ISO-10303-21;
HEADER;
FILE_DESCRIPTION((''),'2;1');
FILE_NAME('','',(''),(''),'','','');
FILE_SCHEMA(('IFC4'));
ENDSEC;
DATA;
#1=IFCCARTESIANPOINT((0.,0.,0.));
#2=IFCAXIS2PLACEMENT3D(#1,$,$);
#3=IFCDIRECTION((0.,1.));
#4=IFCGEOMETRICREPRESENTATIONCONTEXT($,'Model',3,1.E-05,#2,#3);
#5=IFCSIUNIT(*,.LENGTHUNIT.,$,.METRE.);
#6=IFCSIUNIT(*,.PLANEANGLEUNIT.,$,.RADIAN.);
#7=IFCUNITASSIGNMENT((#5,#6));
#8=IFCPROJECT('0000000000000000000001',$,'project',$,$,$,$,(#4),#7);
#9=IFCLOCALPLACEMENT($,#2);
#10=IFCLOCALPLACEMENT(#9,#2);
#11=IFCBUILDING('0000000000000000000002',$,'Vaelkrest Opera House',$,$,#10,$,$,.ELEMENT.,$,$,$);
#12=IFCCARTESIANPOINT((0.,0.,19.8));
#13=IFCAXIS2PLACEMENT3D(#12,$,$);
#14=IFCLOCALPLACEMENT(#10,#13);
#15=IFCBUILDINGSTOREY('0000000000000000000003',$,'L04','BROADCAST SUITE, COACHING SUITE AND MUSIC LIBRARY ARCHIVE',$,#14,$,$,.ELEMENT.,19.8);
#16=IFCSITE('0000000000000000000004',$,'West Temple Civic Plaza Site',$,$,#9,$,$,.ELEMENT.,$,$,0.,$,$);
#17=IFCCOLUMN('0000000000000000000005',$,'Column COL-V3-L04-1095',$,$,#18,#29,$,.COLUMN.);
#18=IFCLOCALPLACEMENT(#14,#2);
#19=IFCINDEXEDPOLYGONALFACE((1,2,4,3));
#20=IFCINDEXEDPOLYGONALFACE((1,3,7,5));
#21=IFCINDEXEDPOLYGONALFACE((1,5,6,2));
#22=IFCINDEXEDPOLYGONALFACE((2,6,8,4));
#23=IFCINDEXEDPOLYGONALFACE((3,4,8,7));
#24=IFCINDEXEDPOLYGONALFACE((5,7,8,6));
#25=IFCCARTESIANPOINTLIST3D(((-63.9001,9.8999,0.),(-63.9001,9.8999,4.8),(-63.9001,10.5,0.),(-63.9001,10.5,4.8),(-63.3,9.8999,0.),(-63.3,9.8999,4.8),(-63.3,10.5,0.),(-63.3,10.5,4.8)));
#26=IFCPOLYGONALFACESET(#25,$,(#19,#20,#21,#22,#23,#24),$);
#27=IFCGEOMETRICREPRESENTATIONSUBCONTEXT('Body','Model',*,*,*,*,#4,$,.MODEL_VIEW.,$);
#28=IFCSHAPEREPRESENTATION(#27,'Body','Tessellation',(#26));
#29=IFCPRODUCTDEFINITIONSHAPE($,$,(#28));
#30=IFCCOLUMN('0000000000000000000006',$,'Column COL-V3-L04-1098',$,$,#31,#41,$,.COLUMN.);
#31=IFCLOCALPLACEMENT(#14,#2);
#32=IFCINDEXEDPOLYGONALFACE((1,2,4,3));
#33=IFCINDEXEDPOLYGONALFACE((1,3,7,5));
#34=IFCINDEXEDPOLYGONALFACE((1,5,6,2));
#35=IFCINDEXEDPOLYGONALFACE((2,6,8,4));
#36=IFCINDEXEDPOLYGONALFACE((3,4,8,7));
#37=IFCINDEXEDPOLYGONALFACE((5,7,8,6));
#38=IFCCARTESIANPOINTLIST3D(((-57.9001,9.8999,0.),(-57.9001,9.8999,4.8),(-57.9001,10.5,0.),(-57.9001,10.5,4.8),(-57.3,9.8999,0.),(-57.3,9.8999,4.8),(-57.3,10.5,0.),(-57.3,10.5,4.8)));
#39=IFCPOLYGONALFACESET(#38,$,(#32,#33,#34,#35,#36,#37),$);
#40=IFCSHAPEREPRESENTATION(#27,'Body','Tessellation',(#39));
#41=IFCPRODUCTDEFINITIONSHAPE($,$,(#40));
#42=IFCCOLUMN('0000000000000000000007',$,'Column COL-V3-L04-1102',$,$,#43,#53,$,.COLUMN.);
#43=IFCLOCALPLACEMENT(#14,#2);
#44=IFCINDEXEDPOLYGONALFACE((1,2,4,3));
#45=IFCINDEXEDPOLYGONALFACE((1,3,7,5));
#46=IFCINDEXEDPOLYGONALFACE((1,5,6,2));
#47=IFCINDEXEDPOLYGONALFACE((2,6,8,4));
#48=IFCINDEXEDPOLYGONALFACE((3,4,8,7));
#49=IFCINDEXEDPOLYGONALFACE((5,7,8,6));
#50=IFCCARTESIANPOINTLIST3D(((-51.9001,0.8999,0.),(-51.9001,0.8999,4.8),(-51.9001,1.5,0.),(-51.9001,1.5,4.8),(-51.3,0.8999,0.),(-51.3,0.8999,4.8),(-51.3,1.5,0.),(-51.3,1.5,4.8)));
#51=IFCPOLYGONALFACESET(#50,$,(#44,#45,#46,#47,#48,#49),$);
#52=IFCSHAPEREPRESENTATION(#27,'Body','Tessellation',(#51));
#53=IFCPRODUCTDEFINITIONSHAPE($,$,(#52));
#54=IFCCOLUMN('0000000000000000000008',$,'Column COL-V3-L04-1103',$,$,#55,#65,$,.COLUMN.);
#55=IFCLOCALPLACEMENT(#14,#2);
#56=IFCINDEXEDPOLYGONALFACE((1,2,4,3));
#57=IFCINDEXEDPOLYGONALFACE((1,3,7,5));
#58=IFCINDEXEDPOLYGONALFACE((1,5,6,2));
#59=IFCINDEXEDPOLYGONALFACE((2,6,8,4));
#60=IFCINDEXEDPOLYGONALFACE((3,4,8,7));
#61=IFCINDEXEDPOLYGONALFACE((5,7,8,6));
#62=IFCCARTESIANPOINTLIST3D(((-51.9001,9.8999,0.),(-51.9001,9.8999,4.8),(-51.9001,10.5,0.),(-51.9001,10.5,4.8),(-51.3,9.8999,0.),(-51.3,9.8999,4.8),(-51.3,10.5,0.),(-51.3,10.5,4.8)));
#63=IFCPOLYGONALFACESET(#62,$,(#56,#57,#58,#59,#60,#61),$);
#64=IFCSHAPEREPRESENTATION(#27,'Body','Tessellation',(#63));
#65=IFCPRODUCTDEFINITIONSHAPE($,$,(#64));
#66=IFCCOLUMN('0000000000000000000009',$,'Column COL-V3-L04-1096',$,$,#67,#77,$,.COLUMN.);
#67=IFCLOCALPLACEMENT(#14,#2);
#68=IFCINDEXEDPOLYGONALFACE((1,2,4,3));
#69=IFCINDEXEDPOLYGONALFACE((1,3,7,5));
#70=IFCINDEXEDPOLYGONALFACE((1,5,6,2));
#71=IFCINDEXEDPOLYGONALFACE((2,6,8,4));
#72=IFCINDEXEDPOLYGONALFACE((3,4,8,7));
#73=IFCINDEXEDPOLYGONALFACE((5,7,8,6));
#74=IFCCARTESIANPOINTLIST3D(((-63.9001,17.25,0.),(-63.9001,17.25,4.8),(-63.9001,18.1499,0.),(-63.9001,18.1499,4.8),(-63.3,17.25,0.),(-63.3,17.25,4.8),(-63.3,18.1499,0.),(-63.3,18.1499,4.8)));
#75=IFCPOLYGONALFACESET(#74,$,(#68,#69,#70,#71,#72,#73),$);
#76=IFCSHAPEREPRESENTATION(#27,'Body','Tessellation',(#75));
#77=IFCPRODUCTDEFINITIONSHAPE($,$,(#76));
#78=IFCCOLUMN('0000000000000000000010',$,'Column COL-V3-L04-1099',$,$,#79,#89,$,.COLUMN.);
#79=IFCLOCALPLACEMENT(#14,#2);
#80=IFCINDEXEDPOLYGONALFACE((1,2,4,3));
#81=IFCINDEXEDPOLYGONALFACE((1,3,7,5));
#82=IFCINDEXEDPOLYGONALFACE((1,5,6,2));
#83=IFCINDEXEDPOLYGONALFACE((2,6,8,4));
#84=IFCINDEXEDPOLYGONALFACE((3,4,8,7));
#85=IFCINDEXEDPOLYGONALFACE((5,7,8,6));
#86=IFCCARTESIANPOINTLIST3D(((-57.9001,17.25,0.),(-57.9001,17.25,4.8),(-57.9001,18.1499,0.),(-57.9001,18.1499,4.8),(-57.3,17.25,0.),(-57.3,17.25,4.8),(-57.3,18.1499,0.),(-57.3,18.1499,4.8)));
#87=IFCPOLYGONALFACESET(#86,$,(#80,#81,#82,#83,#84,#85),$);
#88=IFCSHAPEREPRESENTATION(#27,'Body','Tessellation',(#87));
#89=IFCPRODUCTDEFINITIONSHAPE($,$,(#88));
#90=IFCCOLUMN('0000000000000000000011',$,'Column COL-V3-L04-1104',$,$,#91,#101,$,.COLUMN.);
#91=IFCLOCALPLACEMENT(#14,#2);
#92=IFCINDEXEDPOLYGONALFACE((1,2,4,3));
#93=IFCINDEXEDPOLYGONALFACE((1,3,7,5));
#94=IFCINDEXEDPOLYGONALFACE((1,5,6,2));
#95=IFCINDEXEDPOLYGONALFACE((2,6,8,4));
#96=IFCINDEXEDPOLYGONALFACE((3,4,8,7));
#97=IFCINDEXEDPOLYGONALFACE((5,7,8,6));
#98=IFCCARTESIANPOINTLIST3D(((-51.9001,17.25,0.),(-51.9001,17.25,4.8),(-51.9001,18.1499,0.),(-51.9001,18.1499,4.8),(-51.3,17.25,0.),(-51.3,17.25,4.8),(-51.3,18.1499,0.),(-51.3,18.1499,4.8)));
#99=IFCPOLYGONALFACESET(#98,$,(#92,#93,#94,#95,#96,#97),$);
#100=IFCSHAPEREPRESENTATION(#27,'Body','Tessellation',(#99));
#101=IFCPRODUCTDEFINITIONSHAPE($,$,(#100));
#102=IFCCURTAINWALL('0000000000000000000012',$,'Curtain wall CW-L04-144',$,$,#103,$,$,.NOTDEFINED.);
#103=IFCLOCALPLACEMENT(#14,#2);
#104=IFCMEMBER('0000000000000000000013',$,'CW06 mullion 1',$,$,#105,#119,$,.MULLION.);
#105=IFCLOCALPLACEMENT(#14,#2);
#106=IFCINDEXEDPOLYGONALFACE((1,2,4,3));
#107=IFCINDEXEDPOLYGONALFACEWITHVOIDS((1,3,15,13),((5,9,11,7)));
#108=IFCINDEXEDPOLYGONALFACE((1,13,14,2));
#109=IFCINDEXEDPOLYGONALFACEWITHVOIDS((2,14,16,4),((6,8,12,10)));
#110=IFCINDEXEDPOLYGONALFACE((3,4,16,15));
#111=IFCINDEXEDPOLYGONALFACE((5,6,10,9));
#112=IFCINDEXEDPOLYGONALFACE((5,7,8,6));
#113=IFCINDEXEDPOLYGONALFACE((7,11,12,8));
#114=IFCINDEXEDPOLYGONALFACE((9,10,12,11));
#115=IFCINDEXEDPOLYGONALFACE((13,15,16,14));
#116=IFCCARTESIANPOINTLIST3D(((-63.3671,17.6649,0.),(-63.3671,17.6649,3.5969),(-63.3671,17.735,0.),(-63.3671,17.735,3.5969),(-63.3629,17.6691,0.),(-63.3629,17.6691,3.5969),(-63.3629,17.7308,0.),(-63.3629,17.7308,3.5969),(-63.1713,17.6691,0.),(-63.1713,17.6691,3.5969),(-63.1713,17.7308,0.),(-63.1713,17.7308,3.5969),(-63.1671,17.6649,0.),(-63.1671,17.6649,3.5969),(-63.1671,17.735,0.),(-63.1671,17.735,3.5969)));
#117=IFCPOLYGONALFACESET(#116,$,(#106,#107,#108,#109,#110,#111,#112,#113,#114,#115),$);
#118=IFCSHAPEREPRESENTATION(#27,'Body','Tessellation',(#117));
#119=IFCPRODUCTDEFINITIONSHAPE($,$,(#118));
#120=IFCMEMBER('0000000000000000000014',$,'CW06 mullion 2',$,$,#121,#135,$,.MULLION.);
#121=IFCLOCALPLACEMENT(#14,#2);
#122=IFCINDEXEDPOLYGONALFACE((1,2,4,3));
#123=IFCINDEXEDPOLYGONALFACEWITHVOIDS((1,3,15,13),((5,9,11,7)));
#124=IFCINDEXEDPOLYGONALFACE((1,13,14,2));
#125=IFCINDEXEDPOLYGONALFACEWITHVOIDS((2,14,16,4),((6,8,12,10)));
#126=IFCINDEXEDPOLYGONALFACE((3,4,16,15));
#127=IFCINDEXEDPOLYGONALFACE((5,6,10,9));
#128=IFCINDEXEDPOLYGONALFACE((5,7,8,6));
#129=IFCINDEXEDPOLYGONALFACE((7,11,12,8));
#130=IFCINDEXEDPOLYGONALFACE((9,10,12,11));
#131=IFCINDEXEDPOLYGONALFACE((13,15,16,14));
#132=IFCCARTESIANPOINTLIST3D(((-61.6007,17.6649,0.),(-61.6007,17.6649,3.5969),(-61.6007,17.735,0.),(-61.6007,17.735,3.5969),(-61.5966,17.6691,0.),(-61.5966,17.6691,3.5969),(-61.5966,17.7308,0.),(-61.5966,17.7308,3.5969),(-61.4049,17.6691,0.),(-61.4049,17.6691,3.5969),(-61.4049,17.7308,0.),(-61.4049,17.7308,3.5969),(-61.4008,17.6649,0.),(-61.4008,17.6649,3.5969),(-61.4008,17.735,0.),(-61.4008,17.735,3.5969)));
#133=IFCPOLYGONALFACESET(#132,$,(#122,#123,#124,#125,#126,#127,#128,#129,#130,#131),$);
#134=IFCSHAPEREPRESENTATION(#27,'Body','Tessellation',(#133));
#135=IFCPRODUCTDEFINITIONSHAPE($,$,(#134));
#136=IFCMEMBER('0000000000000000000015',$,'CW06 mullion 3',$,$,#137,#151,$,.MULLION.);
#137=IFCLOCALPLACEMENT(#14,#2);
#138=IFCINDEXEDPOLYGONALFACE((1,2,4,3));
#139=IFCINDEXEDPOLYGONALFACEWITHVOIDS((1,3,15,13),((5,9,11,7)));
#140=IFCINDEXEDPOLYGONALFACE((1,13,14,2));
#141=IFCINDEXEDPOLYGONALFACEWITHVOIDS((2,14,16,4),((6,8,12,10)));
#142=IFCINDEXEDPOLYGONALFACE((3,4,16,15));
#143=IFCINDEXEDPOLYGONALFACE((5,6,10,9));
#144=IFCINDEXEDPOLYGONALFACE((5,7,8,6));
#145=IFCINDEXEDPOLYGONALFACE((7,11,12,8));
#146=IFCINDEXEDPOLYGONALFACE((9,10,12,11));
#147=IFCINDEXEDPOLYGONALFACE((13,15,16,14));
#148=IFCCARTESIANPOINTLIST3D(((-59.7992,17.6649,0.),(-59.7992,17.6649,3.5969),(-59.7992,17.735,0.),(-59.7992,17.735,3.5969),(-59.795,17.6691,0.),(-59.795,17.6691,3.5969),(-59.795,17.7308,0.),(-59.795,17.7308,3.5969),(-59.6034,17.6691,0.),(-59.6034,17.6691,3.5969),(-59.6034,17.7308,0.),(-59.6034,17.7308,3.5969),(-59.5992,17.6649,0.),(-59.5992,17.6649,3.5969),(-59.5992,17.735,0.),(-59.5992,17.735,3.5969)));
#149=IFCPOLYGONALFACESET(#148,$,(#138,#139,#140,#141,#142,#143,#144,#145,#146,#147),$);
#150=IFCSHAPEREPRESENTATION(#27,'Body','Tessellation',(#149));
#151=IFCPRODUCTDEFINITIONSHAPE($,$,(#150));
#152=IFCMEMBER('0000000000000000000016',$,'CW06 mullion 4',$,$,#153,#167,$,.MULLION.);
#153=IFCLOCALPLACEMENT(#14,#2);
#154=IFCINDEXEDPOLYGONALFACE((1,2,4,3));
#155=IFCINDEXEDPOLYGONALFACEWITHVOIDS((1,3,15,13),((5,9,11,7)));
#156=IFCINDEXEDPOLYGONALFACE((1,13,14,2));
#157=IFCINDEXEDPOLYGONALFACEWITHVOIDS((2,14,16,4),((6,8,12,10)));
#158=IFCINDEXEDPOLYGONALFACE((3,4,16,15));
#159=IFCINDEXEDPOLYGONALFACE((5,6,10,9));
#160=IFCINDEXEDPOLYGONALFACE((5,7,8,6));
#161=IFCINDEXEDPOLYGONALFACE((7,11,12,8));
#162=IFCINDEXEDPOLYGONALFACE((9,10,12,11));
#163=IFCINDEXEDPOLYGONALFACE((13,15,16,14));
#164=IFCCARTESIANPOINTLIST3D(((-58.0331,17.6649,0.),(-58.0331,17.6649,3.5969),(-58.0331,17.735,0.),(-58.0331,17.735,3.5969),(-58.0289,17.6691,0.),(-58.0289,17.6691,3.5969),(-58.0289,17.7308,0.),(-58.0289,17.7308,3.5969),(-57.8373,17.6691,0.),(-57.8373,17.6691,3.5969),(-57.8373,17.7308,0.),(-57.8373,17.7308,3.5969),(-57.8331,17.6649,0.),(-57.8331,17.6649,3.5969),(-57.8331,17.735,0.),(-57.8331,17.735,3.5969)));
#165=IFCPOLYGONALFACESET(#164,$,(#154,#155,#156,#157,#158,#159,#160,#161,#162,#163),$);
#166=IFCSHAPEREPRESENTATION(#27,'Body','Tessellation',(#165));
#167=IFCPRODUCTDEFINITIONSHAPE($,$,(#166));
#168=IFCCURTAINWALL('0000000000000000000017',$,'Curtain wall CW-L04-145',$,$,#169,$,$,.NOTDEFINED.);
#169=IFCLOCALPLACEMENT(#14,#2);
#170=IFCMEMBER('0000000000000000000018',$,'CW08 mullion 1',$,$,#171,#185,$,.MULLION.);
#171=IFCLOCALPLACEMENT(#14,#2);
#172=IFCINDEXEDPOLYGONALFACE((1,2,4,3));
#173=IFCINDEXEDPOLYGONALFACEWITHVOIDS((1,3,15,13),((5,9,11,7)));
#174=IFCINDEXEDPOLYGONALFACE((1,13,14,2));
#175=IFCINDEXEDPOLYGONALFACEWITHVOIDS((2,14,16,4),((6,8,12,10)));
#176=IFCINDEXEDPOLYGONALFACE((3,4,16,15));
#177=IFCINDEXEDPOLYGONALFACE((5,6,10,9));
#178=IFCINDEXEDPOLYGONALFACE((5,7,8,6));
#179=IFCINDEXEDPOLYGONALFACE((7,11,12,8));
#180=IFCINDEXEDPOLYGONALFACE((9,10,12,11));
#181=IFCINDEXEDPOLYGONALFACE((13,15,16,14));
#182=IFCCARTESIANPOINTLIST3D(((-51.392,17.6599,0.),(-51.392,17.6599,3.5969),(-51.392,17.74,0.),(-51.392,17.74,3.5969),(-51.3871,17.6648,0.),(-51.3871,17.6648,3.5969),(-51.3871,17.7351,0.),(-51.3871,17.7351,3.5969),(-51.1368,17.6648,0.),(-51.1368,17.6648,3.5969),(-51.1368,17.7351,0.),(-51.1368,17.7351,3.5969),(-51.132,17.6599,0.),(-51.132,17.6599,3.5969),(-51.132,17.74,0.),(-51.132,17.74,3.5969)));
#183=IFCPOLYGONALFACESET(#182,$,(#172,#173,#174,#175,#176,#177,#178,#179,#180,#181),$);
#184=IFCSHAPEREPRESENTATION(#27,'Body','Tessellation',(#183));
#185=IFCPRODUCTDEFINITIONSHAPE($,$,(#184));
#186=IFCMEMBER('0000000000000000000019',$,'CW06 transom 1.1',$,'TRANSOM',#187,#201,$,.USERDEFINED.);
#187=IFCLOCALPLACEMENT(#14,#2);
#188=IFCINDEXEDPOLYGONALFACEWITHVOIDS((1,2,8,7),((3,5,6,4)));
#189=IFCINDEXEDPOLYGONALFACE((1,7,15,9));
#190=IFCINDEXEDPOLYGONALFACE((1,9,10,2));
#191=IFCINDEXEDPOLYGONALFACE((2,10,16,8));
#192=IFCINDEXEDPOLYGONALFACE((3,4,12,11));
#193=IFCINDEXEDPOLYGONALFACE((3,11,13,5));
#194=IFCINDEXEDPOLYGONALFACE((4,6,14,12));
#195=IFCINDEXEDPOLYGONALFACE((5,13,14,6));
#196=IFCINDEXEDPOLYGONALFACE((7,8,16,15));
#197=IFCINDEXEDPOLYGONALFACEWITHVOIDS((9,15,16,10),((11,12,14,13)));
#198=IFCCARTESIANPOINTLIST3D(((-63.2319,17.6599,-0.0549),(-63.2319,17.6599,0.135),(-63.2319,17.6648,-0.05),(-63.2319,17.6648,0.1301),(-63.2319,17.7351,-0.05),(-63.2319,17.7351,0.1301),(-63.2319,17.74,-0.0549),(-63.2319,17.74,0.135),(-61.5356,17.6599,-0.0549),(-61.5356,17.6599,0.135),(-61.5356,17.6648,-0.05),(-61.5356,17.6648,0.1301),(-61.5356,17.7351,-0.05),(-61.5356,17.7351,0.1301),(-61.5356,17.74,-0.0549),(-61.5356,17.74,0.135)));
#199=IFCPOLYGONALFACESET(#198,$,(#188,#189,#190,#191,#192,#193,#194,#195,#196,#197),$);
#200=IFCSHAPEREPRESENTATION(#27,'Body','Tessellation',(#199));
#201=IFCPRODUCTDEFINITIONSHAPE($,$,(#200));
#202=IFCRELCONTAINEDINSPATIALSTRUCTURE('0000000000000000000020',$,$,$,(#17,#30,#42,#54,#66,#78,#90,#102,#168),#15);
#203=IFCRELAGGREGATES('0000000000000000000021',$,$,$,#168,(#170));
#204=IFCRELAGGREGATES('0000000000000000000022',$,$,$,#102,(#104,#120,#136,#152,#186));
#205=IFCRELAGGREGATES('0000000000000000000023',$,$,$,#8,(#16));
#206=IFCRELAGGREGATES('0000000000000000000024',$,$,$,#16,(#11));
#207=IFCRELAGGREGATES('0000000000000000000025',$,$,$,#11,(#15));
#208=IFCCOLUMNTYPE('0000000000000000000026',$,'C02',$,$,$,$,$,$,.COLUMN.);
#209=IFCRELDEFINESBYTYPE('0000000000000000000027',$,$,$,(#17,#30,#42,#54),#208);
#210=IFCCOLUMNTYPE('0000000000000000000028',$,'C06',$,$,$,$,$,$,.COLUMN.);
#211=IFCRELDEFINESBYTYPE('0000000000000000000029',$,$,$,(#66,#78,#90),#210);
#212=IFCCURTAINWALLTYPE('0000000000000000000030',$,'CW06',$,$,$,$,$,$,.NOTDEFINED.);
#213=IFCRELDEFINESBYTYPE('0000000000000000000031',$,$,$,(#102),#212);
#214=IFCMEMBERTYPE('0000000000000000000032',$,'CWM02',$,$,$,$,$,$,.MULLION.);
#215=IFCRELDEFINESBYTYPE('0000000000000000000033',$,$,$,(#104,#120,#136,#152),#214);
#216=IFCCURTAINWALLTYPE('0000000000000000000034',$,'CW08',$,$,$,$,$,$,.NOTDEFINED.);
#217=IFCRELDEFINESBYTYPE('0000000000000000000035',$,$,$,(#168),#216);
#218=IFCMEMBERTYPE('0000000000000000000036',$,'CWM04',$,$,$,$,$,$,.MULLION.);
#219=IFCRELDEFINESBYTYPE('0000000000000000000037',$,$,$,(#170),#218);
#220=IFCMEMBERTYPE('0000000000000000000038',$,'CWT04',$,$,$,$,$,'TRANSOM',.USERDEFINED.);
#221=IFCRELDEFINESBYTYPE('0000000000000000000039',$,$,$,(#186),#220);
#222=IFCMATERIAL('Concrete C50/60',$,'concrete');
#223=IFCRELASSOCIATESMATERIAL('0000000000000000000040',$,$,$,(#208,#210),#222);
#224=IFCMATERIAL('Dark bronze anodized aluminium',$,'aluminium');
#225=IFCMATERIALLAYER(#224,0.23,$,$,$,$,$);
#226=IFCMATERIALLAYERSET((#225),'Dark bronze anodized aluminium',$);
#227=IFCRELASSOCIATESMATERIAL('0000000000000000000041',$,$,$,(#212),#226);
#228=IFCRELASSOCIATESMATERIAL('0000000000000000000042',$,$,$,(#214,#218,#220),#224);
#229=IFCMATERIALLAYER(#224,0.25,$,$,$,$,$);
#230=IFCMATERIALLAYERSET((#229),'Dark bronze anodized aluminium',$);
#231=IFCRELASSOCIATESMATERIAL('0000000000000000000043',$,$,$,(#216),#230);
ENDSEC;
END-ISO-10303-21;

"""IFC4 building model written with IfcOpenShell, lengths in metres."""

from ifc_helpers import new_model, si_unit, direction, frame, origin, origin_2d, place, context, subcontext, project, spatial, rectangle, hollow_rectangle, extrude, material, layer, layer_set, material_profile, profile_set, type_object, element, aggregate, save


model = new_model("IFC4")

# Units and contexts
model_context = context("Model", 3, precision=1e-05, world=origin(), true_north=direction((0.0, 1.0)))
body_context = subcontext(model_context, "Body", "Model", "MODEL_VIEW")
ifc_project = project(units=[si_unit("LENGTHUNIT", "METRE"), si_unit("PLANEANGLEUNIT", "RADIAN")], contexts=[model_context])

# Site, building, storey
site_placement = place(None, origin())
site = spatial("IfcSite", under=ifc_project, at=site_placement, Name="West Temple Civic Plaza Site", CompositionType="ELEMENT", RefElevation=0.0)
building_placement = place(site_placement, origin())
building = spatial("IfcBuilding", under=site, at=building_placement, Name="Vaelkrest Opera House", CompositionType="ELEMENT")
storey_placement = place(building_placement, frame((0.0, 0.0, 19.8)))
storey = spatial("IfcBuildingStorey", under=building, at=storey_placement, Name="L04", Description="BROADCAST SUITE, COACHING SUITE AND MUSIC LIBRARY ARCHIVE", CompositionType="ELEMENT", Elevation=19.8)

# Columns
ifc_material_1 = material(Name="Concrete C50/60", Category="concrete")
ifc_material_profile_1 = material_profile(ifc_material_1, rectangle(XDim=0.6001, YDim=0.6001, at=origin_2d()), Name="RC600X600")
ifc_profile_set_1 = profile_set([ifc_material_profile_1], Name="Concrete C50/60")
column_type_1 = type_object("IfcColumnType", Name="C02", PredefinedType="COLUMN", material=ifc_profile_set_1)
for number, where, z_axis, x_axis, name in (
    (1, (-63.6001, 10.2, 0.0), (0.0, 0.0, 1.0), (1.0, 0.0, 0.0), "Column COL-V3-L04-1095"),
    (2, (-57.6001, 10.2, 0.0), (0.0, 0.0, 1.0), (1.0, 0.0, 0.0), "Column COL-V3-L04-1098"),
    (3, (-51.6001, 1.2, 0.0), (0.0, 0.0, 1.0), (1.0, 0.0, 0.0), "Column COL-V3-L04-1102"),
    (4, (-51.6001, 10.2, 0.0), (0.0, 0.0, 1.0), (1.0, 0.0, 0.0), "Column COL-V3-L04-1103"),
):
    element("IfcColumn", number, at=place(storey_placement, frame(where, z_axis=z_axis, x_axis=x_axis)), inside=storey, type_object=column_type_1, Name=name, PredefinedType="COLUMN", context=body_context, shape_type="SweptSolid", body=[
        extrude(rectangle(XDim=0.6001, YDim=0.6001, at=origin_2d()), origin(), (0.0, 0.0, 1.0), 4.8),
    ])
ifc_material_profile_2 = material_profile(ifc_material_1, rectangle(XDim=0.6001, YDim=0.8999, at=origin_2d()), Name="RC600X900")
ifc_profile_set_2 = profile_set([ifc_material_profile_2], Name="Concrete C50/60")
column_type_2 = type_object("IfcColumnType", Name="C06", PredefinedType="COLUMN", material=ifc_profile_set_2)
for number, where, z_axis, x_axis, name in (
    (5, (-63.6001, 17.7, 0.0), (0.0, 0.0, 1.0), (1.0, 0.0, 0.0), "Column COL-V3-L04-1096"),
    (6, (-57.6001, 17.7, 0.0), (0.0, 0.0, 1.0), (1.0, 0.0, 0.0), "Column COL-V3-L04-1099"),
    (7, (-51.6001, 17.7, 0.0), (0.0, 0.0, 1.0), (1.0, 0.0, 0.0), "Column COL-V3-L04-1104"),
):
    element("IfcColumn", number, at=place(storey_placement, frame(where, z_axis=z_axis, x_axis=x_axis)), inside=storey, type_object=column_type_2, Name=name, PredefinedType="COLUMN", context=body_context, shape_type="SweptSolid", body=[
        extrude(rectangle(XDim=0.6001, YDim=0.8999, at=origin_2d()), origin(), (0.0, 0.0, 1.0), 4.8),
    ])

# Curtain wall, members
ifc_material_2 = material(Name="Dark bronze anodized aluminium", Category="aluminium")
ifc_layer_1 = layer(ifc_material_2, 0.23)
ifc_layer_set_1 = layer_set([ifc_layer_1], Name="Dark bronze anodized aluminium")
curtain_wall_type_1 = type_object("IfcCurtainWallType", Name="CW06", PredefinedType="NOTDEFINED", material=ifc_layer_set_1)
curtain_wall_1_placement = place(storey_placement, origin())
curtain_wall_1 = element("IfcCurtainWall", 8, at=curtain_wall_1_placement, inside=storey, type_object=curtain_wall_type_1, Name="Curtain wall CW-L04-144", PredefinedType="NOTDEFINED")
ifc_material_profile_3 = material_profile(ifc_material_2, hollow_rectangle(XDim=0.0701, YDim=0.2, WallThickness=0.0042, at=origin_2d()), Name="CWM70X200")
ifc_profile_set_3 = profile_set([ifc_material_profile_3], Name="Dark bronze anodized aluminium")
member_type_1 = type_object("IfcMemberType", Name="CWM02", PredefinedType="MULLION", material=ifc_profile_set_3)
member_1_placement = place(storey_placement, frame((-63.2671, 17.7, 0.0), z_axis=(0.0, 0.0, 1.0), x_axis=(0.0, 1.0, 0.0)))
member_1 = element("IfcMember", 9, at=member_1_placement, type_object=member_type_1, Name="CW06 mullion 1", PredefinedType="MULLION", context=body_context, shape_type="SweptSolid", body=[
    extrude(hollow_rectangle(XDim=0.0701, YDim=0.2, WallThickness=0.0042, at=origin_2d()), origin(), (0.0, 0.0, 1.0), 3.5969),
])
member_2_placement = place(storey_placement, frame((-61.5007, 17.7, 0.0), z_axis=(0.0, 0.0, 1.0), x_axis=(0.0, 1.0, 0.0)))
member_2 = element("IfcMember", 10, at=member_2_placement, type_object=member_type_1, Name="CW06 mullion 2", PredefinedType="MULLION", context=body_context, shape_type="SweptSolid", body=[
    extrude(hollow_rectangle(XDim=0.0701, YDim=0.2, WallThickness=0.0042, at=origin_2d()), origin(), (0.0, 0.0, 1.0), 3.5969),
])
member_3_placement = place(storey_placement, frame((-59.6992, 17.7, 0.0), z_axis=(0.0, 0.0, 1.0), x_axis=(0.0, 1.0, 0.0)))
member_3 = element("IfcMember", 11, at=member_3_placement, type_object=member_type_1, Name="CW06 mullion 3", PredefinedType="MULLION", context=body_context, shape_type="SweptSolid", body=[
    extrude(hollow_rectangle(XDim=0.0701, YDim=0.2, WallThickness=0.0042, at=origin_2d()), origin(), (0.0, 0.0, 1.0), 3.5969),
])
member_4_placement = place(storey_placement, frame((-57.9331, 17.7, 0.0), z_axis=(0.0, 0.0, 1.0), x_axis=(0.0, 1.0, 0.0)))
member_4 = element("IfcMember", 12, at=member_4_placement, type_object=member_type_1, Name="CW06 mullion 4", PredefinedType="MULLION", context=body_context, shape_type="SweptSolid", body=[
    extrude(hollow_rectangle(XDim=0.0701, YDim=0.2, WallThickness=0.0042, at=origin_2d()), origin(), (0.0, 0.0, 1.0), 3.5969),
])

# Curtain wall, member
ifc_layer_2 = layer(ifc_material_2, 0.25)
ifc_layer_set_2 = layer_set([ifc_layer_2], Name="Dark bronze anodized aluminium")
curtain_wall_type_2 = type_object("IfcCurtainWallType", Name="CW08", PredefinedType="NOTDEFINED", material=ifc_layer_set_2)
curtain_wall_2_placement = place(storey_placement, origin())
curtain_wall_2 = element("IfcCurtainWall", 13, at=curtain_wall_2_placement, inside=storey, type_object=curtain_wall_type_2, Name="Curtain wall CW-L04-145", PredefinedType="NOTDEFINED")
ifc_material_profile_4 = material_profile(ifc_material_2, hollow_rectangle(XDim=0.0801, YDim=0.26, WallThickness=0.0049, at=origin_2d()), Name="CWM80X260")
ifc_profile_set_4 = profile_set([ifc_material_profile_4], Name="Dark bronze anodized aluminium")
member_type_2 = type_object("IfcMemberType", Name="CWM04", PredefinedType="MULLION", material=ifc_profile_set_4)
member_5_placement = place(storey_placement, frame((-51.262, 17.7, 0.0), z_axis=(0.0, 0.0, 1.0), x_axis=(0.0, 1.0, 0.0)))
member_5 = element("IfcMember", 14, at=member_5_placement, type_object=member_type_2, Name="CW08 mullion 1", PredefinedType="MULLION", context=body_context, shape_type="SweptSolid", body=[
    extrude(hollow_rectangle(XDim=0.0801, YDim=0.26, WallThickness=0.0049, at=origin_2d()), origin(), (0.0, 0.0, 1.0), 3.5969),
])
aggregate(curtain_wall_2, [member_5])

# Member
ifc_material_profile_5 = material_profile(ifc_material_2, hollow_rectangle(XDim=0.0801, YDim=0.1899, WallThickness=0.0049, at=origin_2d()), Name="CWT80X190")
ifc_profile_set_5 = profile_set([ifc_material_profile_5], Name="Dark bronze anodized aluminium")
member_type_3 = type_object("IfcMemberType", Name="CWT04", ElementType="TRANSOM", PredefinedType="USERDEFINED", material=ifc_profile_set_5)
member_6_placement = place(storey_placement, frame((-63.2319, 17.7, 0.04), z_axis=(1.0, 0.0, 0.0), x_axis=(0.0, 1.0, 0.0)))
member_6 = element("IfcMember", 15, at=member_6_placement, type_object=member_type_3, Name="CW06 transom 1.1", ObjectType="TRANSOM", PredefinedType="USERDEFINED", context=body_context, shape_type="SweptSolid", body=[
    extrude(hollow_rectangle(XDim=0.0801, YDim=0.1899, WallThickness=0.0049, at=origin_2d()), origin(), (0.0, 0.0, 1.0), 1.6963),
])

aggregate(curtain_wall_1, [member_1, member_2, member_3, member_4, member_6])

save(model, "model.ifc")
